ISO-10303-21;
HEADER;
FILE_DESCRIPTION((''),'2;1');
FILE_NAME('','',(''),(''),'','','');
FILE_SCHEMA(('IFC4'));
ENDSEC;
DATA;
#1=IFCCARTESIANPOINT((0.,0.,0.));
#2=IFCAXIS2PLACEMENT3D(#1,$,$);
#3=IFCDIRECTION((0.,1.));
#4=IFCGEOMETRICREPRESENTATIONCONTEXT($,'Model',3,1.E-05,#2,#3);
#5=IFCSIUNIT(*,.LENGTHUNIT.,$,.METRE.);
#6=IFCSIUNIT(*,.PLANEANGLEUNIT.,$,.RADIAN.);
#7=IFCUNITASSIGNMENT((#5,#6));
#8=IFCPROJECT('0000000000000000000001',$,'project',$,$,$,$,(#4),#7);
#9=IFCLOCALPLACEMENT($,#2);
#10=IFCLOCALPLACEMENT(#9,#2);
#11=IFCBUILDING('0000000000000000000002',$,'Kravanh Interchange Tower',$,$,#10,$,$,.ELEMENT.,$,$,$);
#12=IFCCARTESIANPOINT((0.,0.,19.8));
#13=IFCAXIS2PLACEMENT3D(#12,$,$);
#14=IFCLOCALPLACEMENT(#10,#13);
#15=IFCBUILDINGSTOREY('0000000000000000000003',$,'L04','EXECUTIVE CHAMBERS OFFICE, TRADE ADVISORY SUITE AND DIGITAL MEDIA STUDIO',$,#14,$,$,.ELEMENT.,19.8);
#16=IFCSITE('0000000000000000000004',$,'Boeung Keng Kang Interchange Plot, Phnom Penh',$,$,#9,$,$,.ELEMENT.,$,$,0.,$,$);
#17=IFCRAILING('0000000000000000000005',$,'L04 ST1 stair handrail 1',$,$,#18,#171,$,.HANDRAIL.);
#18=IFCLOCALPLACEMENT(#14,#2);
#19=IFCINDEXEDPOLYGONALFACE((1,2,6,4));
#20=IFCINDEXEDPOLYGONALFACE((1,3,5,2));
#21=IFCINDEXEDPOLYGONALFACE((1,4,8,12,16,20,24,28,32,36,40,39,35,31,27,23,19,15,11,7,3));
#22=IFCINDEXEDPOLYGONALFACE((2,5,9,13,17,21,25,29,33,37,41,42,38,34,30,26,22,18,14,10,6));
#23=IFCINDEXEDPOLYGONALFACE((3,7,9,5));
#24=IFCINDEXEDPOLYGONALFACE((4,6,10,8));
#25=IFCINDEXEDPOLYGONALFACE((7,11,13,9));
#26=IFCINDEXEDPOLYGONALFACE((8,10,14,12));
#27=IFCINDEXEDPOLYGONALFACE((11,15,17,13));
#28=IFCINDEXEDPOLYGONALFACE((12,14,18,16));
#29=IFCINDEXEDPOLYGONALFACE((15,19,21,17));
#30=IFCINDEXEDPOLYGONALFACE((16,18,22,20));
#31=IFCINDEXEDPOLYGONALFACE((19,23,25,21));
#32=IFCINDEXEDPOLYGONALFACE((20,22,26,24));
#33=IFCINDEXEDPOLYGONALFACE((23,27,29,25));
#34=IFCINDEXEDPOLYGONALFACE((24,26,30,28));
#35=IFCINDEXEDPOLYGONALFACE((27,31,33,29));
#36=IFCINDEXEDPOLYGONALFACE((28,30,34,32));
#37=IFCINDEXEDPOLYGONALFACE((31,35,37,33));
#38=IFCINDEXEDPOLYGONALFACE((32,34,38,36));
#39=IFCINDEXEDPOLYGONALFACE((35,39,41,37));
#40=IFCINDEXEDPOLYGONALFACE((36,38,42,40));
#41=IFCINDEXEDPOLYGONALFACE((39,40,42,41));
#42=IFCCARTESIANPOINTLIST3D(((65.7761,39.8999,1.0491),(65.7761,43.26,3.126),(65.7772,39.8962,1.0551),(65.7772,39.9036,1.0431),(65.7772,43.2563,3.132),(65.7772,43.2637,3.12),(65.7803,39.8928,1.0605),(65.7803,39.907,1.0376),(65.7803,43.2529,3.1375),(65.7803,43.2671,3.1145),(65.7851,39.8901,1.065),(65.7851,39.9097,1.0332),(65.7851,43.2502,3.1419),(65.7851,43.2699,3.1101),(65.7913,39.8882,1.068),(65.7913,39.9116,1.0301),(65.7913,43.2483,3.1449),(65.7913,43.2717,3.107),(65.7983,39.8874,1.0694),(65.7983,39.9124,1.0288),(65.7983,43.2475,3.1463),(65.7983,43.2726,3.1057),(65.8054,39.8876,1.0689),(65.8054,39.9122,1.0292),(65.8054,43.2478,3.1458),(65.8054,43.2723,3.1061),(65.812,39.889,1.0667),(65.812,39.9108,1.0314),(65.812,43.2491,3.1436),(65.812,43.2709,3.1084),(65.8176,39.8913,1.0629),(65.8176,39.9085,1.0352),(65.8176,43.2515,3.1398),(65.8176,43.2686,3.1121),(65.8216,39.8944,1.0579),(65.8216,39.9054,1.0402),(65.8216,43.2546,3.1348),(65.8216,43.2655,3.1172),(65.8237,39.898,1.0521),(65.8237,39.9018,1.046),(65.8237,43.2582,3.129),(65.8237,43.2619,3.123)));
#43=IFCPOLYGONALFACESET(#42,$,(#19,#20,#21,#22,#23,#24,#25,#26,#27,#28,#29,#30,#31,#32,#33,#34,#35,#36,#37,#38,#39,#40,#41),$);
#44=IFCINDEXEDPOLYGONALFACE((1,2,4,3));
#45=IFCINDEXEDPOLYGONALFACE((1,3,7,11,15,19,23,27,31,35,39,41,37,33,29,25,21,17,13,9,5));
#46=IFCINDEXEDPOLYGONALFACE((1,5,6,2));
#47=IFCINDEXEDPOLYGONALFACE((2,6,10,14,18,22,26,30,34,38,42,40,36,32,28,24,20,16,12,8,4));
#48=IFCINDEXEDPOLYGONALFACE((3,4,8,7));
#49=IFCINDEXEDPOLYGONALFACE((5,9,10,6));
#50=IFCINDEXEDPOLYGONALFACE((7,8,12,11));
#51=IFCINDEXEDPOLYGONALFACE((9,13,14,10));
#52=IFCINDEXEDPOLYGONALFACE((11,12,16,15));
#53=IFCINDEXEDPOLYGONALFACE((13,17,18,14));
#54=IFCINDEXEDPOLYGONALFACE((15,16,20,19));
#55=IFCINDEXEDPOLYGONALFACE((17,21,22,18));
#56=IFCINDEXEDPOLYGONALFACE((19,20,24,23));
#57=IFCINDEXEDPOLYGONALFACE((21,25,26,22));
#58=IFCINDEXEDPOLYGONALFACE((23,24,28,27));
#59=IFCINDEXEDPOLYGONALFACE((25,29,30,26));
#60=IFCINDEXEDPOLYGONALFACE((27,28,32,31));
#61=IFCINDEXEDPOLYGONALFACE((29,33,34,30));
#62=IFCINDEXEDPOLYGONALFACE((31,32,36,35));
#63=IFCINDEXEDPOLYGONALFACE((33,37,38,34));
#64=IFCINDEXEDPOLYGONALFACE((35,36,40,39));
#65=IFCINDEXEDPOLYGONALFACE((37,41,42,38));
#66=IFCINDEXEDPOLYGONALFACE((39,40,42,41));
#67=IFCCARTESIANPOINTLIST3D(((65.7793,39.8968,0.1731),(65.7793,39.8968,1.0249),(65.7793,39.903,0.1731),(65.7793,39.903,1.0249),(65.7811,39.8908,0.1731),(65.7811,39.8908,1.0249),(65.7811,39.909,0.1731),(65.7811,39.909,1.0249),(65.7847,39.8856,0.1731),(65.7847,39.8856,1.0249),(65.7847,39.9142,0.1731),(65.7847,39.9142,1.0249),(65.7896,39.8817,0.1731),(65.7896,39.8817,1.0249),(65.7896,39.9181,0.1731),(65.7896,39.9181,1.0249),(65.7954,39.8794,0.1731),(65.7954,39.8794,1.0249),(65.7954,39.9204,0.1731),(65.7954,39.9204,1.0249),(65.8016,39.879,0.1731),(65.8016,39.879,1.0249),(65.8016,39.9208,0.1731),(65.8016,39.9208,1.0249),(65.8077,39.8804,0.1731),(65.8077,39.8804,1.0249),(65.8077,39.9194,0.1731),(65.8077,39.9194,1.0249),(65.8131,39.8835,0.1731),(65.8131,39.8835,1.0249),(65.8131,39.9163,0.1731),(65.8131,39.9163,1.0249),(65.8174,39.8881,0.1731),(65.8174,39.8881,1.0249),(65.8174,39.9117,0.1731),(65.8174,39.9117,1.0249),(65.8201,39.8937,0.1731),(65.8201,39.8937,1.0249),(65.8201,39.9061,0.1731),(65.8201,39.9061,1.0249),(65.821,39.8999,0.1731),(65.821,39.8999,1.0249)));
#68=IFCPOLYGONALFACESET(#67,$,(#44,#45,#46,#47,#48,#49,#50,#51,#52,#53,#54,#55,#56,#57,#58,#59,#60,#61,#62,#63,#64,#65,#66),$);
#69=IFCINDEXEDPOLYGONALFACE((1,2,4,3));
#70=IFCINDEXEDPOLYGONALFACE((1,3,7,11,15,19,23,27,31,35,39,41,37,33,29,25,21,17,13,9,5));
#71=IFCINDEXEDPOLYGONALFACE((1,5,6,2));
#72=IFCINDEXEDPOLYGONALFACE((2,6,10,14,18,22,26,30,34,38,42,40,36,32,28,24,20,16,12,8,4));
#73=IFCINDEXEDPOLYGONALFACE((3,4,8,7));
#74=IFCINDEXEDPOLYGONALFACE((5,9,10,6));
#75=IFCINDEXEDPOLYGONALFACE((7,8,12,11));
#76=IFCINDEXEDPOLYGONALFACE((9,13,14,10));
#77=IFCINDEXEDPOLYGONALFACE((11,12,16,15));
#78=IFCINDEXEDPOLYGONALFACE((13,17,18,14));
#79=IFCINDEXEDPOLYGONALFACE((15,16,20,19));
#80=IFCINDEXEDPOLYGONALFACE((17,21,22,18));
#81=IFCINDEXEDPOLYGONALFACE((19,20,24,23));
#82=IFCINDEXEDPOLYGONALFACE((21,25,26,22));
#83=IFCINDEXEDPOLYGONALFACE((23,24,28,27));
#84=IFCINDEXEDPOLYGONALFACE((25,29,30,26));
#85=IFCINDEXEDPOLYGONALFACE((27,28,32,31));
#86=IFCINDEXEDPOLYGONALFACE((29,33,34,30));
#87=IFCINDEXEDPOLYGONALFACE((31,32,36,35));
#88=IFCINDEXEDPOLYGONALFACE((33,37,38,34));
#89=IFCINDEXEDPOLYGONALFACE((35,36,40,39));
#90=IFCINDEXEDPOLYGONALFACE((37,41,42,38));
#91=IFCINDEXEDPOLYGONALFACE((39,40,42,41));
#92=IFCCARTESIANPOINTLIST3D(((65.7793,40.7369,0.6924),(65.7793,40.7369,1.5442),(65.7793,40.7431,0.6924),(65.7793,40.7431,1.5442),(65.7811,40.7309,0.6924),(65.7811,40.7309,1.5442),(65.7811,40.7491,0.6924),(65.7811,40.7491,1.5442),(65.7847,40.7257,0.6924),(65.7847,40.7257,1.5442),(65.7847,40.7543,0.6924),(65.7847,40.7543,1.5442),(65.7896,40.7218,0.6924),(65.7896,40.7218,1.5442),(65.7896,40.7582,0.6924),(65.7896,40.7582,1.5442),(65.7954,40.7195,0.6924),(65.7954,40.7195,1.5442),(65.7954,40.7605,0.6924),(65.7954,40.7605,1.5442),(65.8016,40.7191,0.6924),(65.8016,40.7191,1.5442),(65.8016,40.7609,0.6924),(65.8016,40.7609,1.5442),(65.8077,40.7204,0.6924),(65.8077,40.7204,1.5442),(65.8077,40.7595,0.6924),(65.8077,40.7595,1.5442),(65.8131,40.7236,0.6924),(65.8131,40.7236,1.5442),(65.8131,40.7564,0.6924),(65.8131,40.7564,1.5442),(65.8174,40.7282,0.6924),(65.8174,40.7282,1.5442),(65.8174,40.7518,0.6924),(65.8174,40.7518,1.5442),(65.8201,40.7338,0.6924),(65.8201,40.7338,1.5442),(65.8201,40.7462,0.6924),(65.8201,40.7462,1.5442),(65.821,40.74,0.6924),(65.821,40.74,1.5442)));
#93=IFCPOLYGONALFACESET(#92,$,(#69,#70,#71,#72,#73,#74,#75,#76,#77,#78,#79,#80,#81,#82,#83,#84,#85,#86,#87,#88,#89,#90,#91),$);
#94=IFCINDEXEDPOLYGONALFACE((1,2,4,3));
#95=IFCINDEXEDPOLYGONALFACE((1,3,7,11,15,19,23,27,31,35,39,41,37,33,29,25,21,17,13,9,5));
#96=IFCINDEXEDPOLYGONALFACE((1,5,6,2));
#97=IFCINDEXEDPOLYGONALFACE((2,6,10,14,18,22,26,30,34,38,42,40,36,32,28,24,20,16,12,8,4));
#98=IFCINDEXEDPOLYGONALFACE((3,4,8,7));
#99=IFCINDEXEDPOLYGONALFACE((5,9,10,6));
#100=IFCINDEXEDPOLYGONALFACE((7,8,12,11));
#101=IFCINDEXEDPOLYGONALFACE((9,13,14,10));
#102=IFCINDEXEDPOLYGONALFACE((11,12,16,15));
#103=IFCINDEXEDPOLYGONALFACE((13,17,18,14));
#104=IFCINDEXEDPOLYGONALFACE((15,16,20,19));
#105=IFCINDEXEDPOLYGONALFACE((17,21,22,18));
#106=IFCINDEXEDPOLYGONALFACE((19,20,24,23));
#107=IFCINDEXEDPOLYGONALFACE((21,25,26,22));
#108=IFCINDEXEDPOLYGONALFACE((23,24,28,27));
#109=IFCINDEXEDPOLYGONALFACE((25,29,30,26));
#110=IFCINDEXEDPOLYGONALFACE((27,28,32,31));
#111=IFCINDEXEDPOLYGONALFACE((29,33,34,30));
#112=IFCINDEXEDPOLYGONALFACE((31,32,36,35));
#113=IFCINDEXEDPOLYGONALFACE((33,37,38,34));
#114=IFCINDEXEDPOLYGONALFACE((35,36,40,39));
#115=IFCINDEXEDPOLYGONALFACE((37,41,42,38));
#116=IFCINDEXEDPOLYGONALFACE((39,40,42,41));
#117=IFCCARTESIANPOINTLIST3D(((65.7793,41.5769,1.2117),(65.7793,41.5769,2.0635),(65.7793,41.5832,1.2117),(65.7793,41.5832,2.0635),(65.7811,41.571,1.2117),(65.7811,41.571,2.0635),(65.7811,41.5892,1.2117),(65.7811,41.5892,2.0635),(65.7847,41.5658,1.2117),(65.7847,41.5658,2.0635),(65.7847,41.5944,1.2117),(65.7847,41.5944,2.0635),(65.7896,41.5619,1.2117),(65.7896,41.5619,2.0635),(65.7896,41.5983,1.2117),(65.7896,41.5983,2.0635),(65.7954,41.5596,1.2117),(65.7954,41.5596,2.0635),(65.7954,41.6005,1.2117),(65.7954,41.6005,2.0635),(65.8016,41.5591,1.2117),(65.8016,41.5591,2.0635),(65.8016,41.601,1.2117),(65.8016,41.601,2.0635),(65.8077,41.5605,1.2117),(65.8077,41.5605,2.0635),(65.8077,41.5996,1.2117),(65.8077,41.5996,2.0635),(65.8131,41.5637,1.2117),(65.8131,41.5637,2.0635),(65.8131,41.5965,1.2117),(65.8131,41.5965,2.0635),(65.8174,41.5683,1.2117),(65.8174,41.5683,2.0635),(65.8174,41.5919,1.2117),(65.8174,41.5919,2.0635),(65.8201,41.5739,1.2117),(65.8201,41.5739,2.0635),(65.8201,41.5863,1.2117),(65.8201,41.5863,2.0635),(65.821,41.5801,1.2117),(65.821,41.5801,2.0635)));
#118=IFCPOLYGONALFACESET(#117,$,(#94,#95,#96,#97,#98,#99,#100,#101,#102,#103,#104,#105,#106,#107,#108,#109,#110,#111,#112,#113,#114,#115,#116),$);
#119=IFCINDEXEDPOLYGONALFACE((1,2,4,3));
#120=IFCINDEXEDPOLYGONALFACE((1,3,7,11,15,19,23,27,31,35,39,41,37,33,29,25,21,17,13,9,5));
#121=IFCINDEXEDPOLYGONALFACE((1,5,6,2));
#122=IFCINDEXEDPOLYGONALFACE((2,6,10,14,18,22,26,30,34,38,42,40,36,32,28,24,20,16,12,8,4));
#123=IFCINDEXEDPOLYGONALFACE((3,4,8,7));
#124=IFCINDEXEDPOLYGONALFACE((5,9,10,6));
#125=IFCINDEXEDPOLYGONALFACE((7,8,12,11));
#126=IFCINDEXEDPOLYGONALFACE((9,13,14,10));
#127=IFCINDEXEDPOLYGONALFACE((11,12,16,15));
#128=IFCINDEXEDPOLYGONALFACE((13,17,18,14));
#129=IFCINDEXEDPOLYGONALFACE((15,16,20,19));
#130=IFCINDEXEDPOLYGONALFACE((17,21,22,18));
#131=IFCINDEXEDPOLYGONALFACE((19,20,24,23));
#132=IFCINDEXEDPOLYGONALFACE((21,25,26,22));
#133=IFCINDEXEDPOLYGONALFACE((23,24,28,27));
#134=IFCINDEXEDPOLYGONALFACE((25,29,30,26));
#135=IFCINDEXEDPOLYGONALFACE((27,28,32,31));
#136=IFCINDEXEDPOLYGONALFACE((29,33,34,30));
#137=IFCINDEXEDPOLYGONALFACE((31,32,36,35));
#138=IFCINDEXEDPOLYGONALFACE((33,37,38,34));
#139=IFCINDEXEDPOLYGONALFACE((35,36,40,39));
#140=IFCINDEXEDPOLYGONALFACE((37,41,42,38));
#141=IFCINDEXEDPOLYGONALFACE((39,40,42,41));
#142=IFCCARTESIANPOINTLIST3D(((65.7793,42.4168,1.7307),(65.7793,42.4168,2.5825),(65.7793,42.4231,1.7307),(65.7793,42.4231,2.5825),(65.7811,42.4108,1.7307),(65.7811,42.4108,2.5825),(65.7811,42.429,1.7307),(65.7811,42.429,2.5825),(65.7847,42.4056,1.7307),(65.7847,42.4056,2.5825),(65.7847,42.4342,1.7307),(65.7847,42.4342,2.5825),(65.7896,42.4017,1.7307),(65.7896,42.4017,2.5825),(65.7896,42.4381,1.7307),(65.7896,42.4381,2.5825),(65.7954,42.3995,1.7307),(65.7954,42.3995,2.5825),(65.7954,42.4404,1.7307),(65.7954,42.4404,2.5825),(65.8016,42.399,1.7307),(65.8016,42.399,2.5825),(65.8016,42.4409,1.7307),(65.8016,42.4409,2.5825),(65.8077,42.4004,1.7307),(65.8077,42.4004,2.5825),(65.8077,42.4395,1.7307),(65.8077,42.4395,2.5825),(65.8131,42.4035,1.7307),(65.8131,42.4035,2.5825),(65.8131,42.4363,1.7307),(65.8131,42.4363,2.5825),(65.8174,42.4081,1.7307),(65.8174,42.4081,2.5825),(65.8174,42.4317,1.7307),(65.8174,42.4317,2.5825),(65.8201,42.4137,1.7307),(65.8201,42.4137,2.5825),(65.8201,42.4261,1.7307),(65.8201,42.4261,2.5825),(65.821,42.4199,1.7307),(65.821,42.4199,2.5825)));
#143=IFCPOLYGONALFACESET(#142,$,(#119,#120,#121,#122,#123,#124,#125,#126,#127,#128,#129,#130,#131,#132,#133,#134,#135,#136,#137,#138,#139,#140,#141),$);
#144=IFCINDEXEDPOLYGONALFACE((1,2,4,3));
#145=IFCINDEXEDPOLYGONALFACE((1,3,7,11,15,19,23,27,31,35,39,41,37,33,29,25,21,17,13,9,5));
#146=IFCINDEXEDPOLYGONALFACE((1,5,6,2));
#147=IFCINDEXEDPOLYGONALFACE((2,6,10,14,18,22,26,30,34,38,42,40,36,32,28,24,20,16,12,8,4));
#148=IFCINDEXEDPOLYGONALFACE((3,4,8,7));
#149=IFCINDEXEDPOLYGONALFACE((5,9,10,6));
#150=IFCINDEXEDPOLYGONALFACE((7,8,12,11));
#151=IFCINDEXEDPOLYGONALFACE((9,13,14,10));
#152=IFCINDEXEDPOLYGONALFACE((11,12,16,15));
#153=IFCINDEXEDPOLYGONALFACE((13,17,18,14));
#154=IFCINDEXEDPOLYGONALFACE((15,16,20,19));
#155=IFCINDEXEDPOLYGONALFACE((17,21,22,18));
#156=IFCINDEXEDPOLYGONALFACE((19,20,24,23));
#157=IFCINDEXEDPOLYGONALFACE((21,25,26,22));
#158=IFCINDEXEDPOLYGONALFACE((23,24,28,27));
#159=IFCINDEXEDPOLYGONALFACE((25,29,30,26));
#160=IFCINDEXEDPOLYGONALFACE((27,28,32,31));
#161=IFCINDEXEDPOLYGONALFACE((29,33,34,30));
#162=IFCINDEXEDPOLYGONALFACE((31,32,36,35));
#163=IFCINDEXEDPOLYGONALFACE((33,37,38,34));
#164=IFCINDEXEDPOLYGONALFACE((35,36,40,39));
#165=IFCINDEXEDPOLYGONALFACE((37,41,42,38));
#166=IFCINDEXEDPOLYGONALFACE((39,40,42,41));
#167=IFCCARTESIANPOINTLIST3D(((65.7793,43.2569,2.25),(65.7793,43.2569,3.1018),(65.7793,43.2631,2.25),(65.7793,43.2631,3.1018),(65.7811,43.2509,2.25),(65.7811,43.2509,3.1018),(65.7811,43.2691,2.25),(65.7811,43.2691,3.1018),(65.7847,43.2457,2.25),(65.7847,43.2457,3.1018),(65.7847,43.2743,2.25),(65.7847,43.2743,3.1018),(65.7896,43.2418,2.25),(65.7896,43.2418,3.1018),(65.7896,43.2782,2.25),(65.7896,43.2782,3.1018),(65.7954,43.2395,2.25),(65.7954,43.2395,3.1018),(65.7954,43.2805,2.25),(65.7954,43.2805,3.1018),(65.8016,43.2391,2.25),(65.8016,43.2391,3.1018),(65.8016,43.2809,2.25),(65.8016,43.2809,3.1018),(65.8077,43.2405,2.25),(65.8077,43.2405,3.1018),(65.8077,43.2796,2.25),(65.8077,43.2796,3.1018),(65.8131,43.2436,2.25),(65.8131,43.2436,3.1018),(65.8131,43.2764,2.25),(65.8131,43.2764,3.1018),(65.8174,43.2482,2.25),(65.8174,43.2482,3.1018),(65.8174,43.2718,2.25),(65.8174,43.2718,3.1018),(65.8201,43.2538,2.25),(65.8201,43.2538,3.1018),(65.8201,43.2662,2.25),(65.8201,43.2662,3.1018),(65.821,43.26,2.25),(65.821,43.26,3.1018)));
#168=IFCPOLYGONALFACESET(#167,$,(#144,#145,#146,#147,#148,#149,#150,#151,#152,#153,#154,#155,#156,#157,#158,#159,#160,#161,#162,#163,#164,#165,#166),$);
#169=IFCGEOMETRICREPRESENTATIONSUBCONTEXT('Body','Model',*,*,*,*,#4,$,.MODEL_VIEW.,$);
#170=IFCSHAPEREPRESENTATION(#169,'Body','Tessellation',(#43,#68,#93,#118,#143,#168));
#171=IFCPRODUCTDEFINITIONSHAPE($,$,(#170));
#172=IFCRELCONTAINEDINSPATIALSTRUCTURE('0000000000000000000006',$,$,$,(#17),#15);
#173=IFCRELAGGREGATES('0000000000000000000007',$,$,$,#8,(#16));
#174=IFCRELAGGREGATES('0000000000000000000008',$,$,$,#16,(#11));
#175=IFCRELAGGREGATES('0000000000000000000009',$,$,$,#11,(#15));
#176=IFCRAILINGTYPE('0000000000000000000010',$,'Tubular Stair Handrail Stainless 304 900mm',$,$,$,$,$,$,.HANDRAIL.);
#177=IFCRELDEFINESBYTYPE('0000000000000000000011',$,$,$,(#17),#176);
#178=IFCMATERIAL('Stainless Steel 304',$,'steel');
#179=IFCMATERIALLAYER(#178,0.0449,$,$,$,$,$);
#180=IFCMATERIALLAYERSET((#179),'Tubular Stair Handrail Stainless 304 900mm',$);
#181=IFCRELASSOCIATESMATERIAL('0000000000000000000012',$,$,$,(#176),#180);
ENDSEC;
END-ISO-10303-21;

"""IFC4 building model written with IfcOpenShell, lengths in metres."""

from ifc_helpers import new_model, si_unit, direction, frame, origin, origin_2d, place, context, subcontext, project, spatial, circle, extrude, material, layer, layer_set, type_object, element, save


model = new_model("IFC4")

# Units and contexts
model_context = context("Model", 3, precision=1e-05, world=origin(), true_north=direction((0.0, 1.0)))
body_context = subcontext(model_context, "Body", "Model", "MODEL_VIEW")
ifc_project = project(units=[si_unit("LENGTHUNIT", "METRE"), si_unit("PLANEANGLEUNIT", "RADIAN")], contexts=[model_context])

# Site, building, storey
site_placement = place(None, origin())
site = spatial("IfcSite", under=ifc_project, at=site_placement, Name="Boeung Keng Kang Interchange Plot, Phnom Penh", CompositionType="ELEMENT", RefElevation=0.0)
building_placement = place(site_placement, origin())
building = spatial("IfcBuilding", under=site, at=building_placement, Name="Kravanh Interchange Tower", CompositionType="ELEMENT")
storey_placement = place(building_placement, frame((0.0, 0.0, 19.8)))
storey = spatial("IfcBuildingStorey", under=building, at=storey_placement, Name="L04", Description="EXECUTIVE CHAMBERS OFFICE, TRADE ADVISORY SUITE AND DIGITAL MEDIA STUDIO", CompositionType="ELEMENT", Elevation=19.8)

# Railing
ifc_material_1 = material(Name="Stainless Steel 304", Category="steel")
ifc_layer_1 = layer(ifc_material_1, 0.0449)
ifc_layer_set_1 = layer_set([ifc_layer_1], Name="Tubular Stair Handrail Stainless 304 900mm")
railing_type_1 = type_object("IfcRailingType", Name="Tubular Stair Handrail Stainless 304 900mm", PredefinedType="HANDRAIL", material=ifc_layer_set_1)
railing_1_placement = place(storey_placement, frame((65.8, 39.8999, 0.1731)))
element("IfcRailing", 1, at=railing_1_placement, inside=storey, type_object=railing_type_1, Name="L04 ST1 stair handrail 1", PredefinedType="HANDRAIL", context=body_context, shape_type="SweptSolid", body=[
    extrude(circle(Radius=0.0239, at=origin_2d()), frame((0.0, 0.0, 0.876), z_axis=(0.0, 0.850623, 0.525776), x_axis=(-1.0, 0.0, 0.0)), (0.0, 0.0, 1.0), 3.9502),
    extrude(circle(Radius=0.021, at=origin_2d()), origin(), (0.0, 0.0, 1.0), 0.8518),
    extrude(circle(Radius=0.021, at=origin_2d()), frame((0.0, 0.8401, 0.5193)), (0.0, 0.0, 1.0), 0.8518),
    extrude(circle(Radius=0.021, at=origin_2d()), frame((0.0, 1.6802, 1.0386)), (0.0, 0.0, 1.0), 0.8518),
    extrude(circle(Radius=0.021, at=origin_2d()), frame((0.0, 2.52, 1.5576)), (0.0, 0.0, 1.0), 0.8518),
    extrude(circle(Radius=0.021, at=origin_2d()), frame((0.0, 3.3601, 2.0769)), (0.0, 0.0, 1.0), 0.8518),
])

save(model, "model.ifc")
